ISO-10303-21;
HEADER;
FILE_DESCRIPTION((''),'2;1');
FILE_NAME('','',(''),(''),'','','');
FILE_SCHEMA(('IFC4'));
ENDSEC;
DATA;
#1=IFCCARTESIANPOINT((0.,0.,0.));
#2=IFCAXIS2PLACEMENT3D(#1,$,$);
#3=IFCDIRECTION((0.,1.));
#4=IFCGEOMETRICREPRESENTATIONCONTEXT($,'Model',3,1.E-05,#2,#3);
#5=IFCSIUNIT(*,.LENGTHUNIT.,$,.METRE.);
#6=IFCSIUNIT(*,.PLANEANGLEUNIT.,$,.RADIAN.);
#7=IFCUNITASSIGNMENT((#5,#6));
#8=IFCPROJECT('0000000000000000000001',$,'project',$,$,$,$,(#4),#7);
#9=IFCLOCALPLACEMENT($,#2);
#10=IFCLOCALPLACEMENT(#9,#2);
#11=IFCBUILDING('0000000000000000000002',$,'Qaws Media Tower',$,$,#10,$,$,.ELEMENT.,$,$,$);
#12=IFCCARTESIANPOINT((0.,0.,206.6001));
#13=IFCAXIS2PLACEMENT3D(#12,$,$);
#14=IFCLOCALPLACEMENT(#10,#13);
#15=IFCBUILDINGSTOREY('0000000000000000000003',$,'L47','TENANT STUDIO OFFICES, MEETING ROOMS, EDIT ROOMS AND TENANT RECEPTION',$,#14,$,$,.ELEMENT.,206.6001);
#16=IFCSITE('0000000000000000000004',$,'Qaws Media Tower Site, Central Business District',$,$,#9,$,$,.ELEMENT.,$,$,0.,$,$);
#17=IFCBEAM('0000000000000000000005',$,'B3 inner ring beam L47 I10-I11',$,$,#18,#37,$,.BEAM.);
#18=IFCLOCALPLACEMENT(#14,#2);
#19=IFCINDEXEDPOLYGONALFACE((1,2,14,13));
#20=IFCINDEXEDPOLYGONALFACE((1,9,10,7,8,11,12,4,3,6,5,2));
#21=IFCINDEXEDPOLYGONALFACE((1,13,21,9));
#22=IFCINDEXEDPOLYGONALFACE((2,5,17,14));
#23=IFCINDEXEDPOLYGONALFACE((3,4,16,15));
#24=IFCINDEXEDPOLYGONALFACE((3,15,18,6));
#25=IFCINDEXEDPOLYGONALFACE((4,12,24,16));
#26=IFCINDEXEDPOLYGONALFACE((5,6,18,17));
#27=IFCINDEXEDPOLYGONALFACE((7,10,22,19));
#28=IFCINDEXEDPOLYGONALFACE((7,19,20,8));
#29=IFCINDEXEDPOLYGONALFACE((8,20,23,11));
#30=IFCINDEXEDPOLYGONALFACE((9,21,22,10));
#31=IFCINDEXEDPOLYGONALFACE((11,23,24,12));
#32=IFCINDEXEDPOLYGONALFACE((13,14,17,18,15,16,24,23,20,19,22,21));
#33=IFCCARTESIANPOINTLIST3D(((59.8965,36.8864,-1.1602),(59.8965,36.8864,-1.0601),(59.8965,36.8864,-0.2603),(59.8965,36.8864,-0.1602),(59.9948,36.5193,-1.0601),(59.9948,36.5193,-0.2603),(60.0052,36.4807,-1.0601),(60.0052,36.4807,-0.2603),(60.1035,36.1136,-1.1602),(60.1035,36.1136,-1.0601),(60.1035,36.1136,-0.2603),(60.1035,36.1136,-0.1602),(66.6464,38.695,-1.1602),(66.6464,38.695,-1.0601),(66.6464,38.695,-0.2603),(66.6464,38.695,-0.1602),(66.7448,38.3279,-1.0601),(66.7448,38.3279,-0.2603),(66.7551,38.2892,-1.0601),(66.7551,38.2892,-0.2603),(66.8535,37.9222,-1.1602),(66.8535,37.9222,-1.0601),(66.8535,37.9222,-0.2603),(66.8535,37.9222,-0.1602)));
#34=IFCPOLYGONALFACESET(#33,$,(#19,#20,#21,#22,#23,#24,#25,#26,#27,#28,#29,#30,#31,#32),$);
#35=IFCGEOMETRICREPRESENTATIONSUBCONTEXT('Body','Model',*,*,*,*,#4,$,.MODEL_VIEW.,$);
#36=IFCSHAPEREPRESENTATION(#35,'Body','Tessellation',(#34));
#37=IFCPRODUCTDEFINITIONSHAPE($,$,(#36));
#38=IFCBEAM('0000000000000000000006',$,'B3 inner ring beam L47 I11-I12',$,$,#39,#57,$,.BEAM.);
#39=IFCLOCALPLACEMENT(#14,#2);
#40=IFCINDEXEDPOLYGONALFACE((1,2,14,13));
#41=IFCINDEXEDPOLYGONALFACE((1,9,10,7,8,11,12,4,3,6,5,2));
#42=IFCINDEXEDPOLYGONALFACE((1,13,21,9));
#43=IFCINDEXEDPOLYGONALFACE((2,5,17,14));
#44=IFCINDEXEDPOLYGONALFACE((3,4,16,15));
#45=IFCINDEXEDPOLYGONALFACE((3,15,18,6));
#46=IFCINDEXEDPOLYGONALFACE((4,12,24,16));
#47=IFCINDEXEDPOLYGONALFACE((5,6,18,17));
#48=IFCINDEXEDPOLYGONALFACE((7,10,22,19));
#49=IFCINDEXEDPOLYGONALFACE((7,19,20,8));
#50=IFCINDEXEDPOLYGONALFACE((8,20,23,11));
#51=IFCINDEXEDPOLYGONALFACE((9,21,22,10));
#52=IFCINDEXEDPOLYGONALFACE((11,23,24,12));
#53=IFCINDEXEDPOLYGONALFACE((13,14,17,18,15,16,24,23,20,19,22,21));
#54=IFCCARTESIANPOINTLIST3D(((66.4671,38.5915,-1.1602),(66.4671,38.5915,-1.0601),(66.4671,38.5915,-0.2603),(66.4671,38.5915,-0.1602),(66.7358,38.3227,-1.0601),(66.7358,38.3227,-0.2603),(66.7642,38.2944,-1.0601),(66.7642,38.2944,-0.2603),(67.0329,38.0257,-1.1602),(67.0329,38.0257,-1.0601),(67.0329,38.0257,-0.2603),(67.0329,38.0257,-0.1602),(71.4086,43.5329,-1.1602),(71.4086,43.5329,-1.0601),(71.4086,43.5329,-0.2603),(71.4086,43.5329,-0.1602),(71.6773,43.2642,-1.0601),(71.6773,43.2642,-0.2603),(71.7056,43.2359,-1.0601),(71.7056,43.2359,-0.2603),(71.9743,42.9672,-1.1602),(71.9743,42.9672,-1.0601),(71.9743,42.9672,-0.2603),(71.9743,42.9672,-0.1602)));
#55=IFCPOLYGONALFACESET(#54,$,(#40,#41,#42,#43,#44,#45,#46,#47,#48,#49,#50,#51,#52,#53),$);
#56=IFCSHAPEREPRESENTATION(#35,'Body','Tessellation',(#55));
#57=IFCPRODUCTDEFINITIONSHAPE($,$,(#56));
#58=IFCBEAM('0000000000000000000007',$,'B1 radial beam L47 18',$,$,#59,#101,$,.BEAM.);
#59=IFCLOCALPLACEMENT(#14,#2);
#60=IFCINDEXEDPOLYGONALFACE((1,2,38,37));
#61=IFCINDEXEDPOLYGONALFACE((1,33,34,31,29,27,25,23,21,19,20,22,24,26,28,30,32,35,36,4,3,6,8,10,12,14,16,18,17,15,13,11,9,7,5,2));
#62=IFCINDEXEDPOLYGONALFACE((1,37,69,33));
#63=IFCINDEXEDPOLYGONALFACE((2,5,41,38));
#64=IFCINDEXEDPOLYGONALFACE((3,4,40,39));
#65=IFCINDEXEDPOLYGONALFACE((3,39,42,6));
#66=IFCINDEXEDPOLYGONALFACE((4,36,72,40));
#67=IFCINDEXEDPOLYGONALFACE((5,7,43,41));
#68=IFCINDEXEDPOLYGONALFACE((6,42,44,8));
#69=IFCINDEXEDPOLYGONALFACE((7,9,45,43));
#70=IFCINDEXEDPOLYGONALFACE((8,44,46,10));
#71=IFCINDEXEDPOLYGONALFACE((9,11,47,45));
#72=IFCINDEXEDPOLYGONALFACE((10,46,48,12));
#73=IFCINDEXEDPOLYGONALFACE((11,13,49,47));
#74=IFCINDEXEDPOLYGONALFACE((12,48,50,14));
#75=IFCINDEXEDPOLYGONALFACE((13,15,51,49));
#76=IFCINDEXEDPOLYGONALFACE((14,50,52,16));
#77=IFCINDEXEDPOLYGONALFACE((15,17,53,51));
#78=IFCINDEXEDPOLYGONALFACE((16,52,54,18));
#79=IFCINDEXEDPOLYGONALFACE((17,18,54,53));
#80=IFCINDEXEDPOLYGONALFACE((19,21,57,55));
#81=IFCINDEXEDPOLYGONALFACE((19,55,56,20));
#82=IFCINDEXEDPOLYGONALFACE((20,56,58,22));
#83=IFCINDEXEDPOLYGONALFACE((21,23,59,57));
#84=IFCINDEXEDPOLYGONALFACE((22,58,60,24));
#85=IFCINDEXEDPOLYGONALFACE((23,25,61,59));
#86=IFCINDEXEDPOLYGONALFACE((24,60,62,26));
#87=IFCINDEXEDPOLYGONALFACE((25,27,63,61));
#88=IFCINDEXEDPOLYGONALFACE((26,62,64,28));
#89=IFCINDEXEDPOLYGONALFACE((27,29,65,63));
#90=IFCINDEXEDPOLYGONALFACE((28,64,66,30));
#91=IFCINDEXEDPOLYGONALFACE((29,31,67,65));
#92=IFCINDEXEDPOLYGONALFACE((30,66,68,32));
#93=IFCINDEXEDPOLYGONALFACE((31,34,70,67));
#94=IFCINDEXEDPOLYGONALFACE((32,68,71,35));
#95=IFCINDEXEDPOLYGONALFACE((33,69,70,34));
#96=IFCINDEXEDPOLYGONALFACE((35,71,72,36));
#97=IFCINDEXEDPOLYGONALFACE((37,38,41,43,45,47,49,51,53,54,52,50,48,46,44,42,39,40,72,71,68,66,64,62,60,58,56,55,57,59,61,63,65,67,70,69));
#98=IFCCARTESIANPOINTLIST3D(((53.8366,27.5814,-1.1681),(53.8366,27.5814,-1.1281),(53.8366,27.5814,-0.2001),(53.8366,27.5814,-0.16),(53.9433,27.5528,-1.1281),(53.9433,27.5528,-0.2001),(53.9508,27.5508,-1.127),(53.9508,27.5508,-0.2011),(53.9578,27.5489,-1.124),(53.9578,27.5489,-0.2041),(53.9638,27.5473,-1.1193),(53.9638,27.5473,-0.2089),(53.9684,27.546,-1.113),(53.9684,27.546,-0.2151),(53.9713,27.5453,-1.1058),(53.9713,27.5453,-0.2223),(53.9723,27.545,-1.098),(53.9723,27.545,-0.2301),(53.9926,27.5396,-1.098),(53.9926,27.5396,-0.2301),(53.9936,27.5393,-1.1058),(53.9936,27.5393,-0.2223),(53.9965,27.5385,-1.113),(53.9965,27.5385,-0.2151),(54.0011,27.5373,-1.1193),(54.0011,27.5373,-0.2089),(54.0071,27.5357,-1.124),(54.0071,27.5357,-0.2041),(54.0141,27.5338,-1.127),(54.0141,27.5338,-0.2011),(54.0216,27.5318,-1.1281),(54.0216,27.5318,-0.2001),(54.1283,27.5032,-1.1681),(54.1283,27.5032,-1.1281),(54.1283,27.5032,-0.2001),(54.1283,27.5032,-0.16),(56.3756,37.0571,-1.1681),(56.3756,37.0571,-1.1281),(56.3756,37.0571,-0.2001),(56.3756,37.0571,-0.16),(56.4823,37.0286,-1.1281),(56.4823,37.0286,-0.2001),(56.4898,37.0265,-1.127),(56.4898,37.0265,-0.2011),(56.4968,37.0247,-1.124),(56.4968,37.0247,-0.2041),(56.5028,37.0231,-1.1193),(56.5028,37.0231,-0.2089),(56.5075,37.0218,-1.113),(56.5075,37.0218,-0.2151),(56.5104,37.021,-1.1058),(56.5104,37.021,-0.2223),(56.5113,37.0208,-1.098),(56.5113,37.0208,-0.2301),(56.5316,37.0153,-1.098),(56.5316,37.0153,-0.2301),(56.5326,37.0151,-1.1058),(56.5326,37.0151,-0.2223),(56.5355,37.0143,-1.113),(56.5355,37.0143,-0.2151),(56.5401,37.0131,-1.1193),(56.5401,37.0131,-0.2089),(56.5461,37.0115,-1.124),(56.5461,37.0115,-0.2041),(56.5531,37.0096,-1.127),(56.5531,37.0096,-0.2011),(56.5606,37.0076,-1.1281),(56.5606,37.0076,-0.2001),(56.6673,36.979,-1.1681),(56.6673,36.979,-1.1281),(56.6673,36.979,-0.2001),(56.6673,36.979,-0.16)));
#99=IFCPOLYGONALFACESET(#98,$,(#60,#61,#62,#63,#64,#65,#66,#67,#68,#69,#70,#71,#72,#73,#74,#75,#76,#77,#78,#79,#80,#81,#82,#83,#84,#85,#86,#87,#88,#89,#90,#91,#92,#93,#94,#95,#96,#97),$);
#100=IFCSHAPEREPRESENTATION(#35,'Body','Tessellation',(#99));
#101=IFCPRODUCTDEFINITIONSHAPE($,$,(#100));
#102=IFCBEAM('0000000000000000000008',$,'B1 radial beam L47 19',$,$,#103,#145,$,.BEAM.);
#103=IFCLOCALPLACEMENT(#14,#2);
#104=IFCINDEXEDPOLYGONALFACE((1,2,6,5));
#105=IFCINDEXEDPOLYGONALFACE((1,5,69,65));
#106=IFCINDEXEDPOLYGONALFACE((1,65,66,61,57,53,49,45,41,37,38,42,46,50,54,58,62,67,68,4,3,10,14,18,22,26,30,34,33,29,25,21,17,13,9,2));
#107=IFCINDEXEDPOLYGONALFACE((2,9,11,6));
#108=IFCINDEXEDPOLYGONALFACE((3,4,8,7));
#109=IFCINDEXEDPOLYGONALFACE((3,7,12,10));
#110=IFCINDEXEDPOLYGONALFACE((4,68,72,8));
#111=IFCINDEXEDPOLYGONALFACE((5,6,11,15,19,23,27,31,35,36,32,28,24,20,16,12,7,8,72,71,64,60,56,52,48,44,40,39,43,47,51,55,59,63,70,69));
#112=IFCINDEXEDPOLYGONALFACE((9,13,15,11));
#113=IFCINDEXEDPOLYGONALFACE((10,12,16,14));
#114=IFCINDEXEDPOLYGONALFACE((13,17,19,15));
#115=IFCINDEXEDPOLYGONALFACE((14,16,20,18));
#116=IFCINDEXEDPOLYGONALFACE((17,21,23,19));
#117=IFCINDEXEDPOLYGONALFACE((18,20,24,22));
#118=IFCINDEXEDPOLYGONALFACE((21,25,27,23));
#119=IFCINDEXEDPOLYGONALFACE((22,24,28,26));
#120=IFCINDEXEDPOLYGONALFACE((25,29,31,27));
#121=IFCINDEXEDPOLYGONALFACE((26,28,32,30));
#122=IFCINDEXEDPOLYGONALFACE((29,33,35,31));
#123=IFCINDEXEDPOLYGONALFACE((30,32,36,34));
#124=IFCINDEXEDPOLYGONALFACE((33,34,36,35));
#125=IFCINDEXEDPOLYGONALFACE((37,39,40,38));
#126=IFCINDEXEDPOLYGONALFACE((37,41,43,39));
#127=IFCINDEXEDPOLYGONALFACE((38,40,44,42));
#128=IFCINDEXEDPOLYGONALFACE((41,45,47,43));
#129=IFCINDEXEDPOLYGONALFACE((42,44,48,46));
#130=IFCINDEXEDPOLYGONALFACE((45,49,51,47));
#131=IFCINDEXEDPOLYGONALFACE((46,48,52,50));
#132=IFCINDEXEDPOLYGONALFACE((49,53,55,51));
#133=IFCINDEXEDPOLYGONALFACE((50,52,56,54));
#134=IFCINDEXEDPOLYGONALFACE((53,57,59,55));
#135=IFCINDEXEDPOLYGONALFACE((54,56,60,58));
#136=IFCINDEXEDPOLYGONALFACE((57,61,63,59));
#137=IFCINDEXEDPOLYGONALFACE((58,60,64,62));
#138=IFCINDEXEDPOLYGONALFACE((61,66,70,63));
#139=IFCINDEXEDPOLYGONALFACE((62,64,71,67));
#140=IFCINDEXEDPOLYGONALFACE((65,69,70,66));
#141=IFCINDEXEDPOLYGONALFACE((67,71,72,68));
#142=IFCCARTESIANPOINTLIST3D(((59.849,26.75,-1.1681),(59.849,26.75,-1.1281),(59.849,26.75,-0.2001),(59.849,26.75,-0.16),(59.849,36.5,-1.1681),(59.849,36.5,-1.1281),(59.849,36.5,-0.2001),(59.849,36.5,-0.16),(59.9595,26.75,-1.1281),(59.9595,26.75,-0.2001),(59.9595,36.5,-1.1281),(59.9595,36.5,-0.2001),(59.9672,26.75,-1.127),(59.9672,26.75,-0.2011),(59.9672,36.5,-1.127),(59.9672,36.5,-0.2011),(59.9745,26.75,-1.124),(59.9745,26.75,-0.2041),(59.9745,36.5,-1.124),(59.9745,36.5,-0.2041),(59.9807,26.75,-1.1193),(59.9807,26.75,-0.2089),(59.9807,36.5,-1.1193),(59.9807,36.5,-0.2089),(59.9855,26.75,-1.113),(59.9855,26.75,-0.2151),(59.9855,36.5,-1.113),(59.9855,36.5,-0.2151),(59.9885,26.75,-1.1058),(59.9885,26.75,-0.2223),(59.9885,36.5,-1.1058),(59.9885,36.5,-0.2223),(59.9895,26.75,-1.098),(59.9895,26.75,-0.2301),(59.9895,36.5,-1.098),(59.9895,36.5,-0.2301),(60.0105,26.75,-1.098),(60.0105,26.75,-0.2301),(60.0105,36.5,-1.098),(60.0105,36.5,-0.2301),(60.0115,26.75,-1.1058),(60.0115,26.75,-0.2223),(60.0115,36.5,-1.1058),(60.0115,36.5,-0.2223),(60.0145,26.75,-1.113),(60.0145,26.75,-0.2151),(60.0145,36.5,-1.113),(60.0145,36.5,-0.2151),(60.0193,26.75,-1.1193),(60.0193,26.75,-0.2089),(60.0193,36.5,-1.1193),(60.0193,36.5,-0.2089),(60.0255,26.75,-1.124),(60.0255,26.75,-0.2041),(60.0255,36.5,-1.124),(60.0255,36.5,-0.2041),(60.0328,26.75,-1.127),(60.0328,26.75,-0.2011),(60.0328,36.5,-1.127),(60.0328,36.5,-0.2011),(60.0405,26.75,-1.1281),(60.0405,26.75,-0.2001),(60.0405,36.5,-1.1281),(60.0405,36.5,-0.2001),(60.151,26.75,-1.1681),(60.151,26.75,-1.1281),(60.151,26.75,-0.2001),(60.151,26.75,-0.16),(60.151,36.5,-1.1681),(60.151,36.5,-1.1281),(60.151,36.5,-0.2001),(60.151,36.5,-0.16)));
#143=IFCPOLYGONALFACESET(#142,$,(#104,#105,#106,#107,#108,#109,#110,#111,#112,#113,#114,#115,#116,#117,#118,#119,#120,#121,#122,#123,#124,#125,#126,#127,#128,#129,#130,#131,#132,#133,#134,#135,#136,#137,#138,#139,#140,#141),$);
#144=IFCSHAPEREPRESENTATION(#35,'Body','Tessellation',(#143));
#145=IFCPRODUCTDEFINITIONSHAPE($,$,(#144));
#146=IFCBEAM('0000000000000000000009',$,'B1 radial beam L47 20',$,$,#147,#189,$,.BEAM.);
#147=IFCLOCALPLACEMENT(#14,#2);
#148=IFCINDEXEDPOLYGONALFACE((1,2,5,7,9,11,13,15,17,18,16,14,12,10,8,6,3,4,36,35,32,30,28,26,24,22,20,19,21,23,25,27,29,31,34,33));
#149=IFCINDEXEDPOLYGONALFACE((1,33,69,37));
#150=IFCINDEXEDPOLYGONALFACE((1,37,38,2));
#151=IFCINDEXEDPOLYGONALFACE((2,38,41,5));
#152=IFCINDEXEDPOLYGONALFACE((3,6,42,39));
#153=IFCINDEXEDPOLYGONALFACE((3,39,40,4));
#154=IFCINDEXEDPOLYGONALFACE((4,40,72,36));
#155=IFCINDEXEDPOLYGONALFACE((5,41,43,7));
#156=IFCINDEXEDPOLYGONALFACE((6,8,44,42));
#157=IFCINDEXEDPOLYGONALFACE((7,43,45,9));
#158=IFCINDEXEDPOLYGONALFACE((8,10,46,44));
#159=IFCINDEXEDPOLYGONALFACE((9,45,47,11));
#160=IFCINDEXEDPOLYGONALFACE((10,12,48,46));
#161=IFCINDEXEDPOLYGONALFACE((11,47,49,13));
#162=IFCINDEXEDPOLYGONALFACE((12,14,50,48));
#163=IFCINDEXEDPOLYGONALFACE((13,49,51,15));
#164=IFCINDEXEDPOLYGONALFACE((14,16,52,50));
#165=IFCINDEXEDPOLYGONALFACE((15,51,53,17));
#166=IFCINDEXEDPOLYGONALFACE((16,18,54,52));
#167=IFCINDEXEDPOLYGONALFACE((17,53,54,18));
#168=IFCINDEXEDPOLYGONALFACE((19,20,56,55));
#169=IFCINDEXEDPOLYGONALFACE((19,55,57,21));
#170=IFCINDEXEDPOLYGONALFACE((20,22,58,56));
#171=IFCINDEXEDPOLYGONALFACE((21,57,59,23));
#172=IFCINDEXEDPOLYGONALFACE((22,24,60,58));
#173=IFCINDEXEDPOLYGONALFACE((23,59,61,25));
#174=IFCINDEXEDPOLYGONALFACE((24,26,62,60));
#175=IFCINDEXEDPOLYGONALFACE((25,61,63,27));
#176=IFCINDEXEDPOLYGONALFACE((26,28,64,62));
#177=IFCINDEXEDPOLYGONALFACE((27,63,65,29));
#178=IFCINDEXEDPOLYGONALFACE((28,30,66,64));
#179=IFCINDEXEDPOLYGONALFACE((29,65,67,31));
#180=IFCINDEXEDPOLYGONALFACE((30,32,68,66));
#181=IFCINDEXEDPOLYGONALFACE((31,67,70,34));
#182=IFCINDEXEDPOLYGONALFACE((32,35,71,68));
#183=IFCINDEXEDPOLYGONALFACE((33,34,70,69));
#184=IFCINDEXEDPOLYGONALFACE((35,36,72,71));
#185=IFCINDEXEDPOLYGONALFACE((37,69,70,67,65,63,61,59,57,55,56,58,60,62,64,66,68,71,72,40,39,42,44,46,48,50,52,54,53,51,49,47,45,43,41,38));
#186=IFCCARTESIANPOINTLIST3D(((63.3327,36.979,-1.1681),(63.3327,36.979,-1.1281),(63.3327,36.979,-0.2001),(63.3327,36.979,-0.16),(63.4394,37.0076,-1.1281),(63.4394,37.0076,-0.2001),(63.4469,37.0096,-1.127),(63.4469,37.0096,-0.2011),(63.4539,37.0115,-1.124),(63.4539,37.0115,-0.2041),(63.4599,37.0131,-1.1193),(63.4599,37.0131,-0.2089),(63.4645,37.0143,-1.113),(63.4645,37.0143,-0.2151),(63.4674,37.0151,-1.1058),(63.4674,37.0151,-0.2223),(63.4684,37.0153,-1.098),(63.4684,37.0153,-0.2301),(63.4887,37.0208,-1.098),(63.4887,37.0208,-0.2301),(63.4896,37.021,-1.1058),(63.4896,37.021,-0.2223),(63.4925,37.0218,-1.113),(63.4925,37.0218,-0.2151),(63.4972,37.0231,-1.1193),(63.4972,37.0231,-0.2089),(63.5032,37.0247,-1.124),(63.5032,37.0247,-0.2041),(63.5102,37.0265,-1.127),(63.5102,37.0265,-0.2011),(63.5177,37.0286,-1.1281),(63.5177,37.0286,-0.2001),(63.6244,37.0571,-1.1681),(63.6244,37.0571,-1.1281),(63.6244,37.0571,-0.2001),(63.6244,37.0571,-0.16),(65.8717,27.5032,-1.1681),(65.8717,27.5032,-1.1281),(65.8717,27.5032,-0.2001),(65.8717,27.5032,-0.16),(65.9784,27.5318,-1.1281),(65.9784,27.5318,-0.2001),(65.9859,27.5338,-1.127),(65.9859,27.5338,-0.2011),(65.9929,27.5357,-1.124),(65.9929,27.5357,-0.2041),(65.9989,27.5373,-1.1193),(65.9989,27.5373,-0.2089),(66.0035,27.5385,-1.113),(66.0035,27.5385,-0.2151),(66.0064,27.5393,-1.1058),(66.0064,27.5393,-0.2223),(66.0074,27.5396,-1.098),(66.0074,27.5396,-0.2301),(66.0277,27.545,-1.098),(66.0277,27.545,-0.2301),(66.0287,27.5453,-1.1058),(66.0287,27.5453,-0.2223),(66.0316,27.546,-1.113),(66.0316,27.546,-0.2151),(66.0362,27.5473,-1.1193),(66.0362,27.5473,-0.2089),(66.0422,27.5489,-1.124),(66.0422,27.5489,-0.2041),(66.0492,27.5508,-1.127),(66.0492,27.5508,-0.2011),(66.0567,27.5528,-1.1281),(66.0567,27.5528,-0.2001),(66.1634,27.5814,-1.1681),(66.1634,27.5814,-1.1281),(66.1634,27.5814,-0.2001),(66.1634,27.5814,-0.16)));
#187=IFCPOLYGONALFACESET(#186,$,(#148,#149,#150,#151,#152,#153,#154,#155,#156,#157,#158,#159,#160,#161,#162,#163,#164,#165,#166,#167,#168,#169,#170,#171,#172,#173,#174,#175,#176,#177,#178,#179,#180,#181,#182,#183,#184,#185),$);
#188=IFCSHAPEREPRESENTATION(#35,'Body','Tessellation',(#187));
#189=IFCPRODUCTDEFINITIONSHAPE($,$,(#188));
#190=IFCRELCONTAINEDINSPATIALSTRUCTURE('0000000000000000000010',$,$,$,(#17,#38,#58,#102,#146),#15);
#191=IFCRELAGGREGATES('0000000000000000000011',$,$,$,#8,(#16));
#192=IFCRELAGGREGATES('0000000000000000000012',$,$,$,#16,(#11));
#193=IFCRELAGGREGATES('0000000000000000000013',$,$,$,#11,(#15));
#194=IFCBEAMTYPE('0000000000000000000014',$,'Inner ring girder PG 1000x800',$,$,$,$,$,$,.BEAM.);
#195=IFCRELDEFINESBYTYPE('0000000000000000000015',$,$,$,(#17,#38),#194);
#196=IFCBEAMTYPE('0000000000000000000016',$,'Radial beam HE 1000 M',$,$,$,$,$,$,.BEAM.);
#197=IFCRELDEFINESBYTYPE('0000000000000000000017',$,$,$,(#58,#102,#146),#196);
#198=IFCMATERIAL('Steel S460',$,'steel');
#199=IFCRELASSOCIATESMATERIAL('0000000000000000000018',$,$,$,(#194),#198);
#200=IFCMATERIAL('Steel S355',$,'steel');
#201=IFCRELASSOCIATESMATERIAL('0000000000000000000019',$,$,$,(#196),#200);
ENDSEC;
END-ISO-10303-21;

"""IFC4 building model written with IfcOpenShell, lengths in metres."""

from ifc_helpers import new_model, si_unit, direction, frame, origin, origin_2d, place, context, subcontext, project, spatial, i_section, extrude, material, material_profile, profile_set, type_object, element, save


model = new_model("IFC4")

# Units and contexts
model_context = context("Model", 3, precision=1e-05, world=origin(), true_north=direction((0.0, 1.0)))
body_context = subcontext(model_context, "Body", "Model", "MODEL_VIEW")
ifc_project = project(units=[si_unit("LENGTHUNIT", "METRE"), si_unit("PLANEANGLEUNIT", "RADIAN")], contexts=[model_context])

# Site, building, storey
site_placement = place(None, origin())
site = spatial("IfcSite", under=ifc_project, at=site_placement, Name="Qaws Media Tower Site, Central Business District", CompositionType="ELEMENT", RefElevation=0.0)
building_placement = place(site_placement, origin())
building = spatial("IfcBuilding", under=site, at=building_placement, Name="Qaws Media Tower", CompositionType="ELEMENT")
storey_placement = place(building_placement, frame((0.0, 0.0, 206.6001)))
storey = spatial("IfcBuildingStorey", under=building, at=storey_placement, Name="L47", Description="TENANT STUDIO OFFICES, MEETING ROOMS, EDIT ROOMS AND TENANT RECEPTION", CompositionType="ELEMENT", Elevation=206.6001)

# Beams
ifc_material_1 = material(Name="Steel S460", Category="steel")
ifc_material_profile_1 = material_profile(ifc_material_1, i_section(OverallWidth=0.8, OverallDepth=1.0, WebThickness=0.04, FlangeThickness=0.1001, at=origin_2d()), Name="PG 1000x800")
ifc_profile_set_1 = profile_set([ifc_material_profile_1], Name="Steel S460")
beam_type_1 = type_object("IfcBeamType", Name="Inner ring girder PG 1000x800", PredefinedType="BEAM", material=ifc_profile_set_1)
beam_1_placement = place(storey_placement, frame((60.0, 36.5, -0.6602), z_axis=(0.965928, 0.258811, 0.0), x_axis=(-0.258811, 0.965928, 0.0)))
element("IfcBeam", 1, at=beam_1_placement, inside=storey, type_object=beam_type_1, Name="B3 inner ring beam L47 I10-I11", PredefinedType="BEAM", context=body_context, shape_type="SweptSolid", body=[
    extrude(i_section(OverallWidth=0.8, OverallDepth=1.0, WebThickness=0.04, FlangeThickness=0.1001, at=origin_2d()), origin(), (0.0, 0.0, 1.0), 6.988),
])
beam_2_placement = place(storey_placement, frame((66.75, 38.3086, -0.6602), z_axis=(0.707107, 0.707107, 0.0), x_axis=(-0.707107, 0.707107, 0.0)))
element("IfcBeam", 2, at=beam_2_placement, inside=storey, type_object=beam_type_1, Name="B3 inner ring beam L47 I11-I12", PredefinedType="BEAM", context=body_context, shape_type="SweptSolid", body=[
    extrude(i_section(OverallWidth=0.8, OverallDepth=1.0, WebThickness=0.04, FlangeThickness=0.1001, at=origin_2d()), origin(), (0.0, 0.0, 1.0), 6.9883),
])
ifc_material_2 = material(Name="Steel S355", Category="steel")
ifc_material_profile_2 = material_profile(ifc_material_2, i_section(OverallWidth=0.302, OverallDepth=1.0081, WebThickness=0.021, FlangeThickness=0.04, FilletRadius=0.03, at=origin_2d()), Name="HE 1000 M")
ifc_profile_set_2 = profile_set([ifc_material_profile_2], Name="Steel S355")
beam_type_2 = type_object("IfcBeamType", Name="Radial beam HE 1000 M", PredefinedType="BEAM", material=ifc_profile_set_2)
beam_3_placement = place(storey_placement, frame((56.5215, 37.0181, -0.6641), z_axis=(-0.258821, -0.965925, 0.0), x_axis=(0.965925, -0.258821, 0.0)))
element("IfcBeam", 3, at=beam_3_placement, inside=storey, type_object=beam_type_2, Name="B1 radial beam L47 18", PredefinedType="BEAM", context=body_context, shape_type="SweptSolid", body=[
    extrude(i_section(OverallWidth=0.302, OverallDepth=1.0081, WebThickness=0.021, FlangeThickness=0.04, FilletRadius=0.03, at=origin_2d()), origin(), (0.0, 0.0, 1.0), 9.8101),
])
beam_4_placement = place(storey_placement, frame((60.0, 36.5, -0.6641), z_axis=(0.0, -1.0, 0.0), x_axis=(1.0, 0.0, 0.0)))
element("IfcBeam", 4, at=beam_4_placement, inside=storey, type_object=beam_type_2, Name="B1 radial beam L47 19", PredefinedType="BEAM", context=body_context, shape_type="SweptSolid", body=[
    extrude(i_section(OverallWidth=0.302, OverallDepth=1.0081, WebThickness=0.021, FlangeThickness=0.04, FilletRadius=0.03, at=origin_2d()), origin(), (0.0, 0.0, 1.0), 9.75),
])
beam_5_placement = place(storey_placement, frame((63.4785, 37.0181, -0.6641), z_axis=(0.258821, -0.965925, 0.0), x_axis=(0.965925, 0.258821, 0.0)))
element("IfcBeam", 5, at=beam_5_placement, inside=storey, type_object=beam_type_2, Name="B1 radial beam L47 20", PredefinedType="BEAM", context=body_context, shape_type="SweptSolid", body=[
    extrude(i_section(OverallWidth=0.302, OverallDepth=1.0081, WebThickness=0.021, FlangeThickness=0.04, FilletRadius=0.03, at=origin_2d()), origin(), (0.0, 0.0, 1.0), 9.8101),
])

save(model, "model.ifc")
